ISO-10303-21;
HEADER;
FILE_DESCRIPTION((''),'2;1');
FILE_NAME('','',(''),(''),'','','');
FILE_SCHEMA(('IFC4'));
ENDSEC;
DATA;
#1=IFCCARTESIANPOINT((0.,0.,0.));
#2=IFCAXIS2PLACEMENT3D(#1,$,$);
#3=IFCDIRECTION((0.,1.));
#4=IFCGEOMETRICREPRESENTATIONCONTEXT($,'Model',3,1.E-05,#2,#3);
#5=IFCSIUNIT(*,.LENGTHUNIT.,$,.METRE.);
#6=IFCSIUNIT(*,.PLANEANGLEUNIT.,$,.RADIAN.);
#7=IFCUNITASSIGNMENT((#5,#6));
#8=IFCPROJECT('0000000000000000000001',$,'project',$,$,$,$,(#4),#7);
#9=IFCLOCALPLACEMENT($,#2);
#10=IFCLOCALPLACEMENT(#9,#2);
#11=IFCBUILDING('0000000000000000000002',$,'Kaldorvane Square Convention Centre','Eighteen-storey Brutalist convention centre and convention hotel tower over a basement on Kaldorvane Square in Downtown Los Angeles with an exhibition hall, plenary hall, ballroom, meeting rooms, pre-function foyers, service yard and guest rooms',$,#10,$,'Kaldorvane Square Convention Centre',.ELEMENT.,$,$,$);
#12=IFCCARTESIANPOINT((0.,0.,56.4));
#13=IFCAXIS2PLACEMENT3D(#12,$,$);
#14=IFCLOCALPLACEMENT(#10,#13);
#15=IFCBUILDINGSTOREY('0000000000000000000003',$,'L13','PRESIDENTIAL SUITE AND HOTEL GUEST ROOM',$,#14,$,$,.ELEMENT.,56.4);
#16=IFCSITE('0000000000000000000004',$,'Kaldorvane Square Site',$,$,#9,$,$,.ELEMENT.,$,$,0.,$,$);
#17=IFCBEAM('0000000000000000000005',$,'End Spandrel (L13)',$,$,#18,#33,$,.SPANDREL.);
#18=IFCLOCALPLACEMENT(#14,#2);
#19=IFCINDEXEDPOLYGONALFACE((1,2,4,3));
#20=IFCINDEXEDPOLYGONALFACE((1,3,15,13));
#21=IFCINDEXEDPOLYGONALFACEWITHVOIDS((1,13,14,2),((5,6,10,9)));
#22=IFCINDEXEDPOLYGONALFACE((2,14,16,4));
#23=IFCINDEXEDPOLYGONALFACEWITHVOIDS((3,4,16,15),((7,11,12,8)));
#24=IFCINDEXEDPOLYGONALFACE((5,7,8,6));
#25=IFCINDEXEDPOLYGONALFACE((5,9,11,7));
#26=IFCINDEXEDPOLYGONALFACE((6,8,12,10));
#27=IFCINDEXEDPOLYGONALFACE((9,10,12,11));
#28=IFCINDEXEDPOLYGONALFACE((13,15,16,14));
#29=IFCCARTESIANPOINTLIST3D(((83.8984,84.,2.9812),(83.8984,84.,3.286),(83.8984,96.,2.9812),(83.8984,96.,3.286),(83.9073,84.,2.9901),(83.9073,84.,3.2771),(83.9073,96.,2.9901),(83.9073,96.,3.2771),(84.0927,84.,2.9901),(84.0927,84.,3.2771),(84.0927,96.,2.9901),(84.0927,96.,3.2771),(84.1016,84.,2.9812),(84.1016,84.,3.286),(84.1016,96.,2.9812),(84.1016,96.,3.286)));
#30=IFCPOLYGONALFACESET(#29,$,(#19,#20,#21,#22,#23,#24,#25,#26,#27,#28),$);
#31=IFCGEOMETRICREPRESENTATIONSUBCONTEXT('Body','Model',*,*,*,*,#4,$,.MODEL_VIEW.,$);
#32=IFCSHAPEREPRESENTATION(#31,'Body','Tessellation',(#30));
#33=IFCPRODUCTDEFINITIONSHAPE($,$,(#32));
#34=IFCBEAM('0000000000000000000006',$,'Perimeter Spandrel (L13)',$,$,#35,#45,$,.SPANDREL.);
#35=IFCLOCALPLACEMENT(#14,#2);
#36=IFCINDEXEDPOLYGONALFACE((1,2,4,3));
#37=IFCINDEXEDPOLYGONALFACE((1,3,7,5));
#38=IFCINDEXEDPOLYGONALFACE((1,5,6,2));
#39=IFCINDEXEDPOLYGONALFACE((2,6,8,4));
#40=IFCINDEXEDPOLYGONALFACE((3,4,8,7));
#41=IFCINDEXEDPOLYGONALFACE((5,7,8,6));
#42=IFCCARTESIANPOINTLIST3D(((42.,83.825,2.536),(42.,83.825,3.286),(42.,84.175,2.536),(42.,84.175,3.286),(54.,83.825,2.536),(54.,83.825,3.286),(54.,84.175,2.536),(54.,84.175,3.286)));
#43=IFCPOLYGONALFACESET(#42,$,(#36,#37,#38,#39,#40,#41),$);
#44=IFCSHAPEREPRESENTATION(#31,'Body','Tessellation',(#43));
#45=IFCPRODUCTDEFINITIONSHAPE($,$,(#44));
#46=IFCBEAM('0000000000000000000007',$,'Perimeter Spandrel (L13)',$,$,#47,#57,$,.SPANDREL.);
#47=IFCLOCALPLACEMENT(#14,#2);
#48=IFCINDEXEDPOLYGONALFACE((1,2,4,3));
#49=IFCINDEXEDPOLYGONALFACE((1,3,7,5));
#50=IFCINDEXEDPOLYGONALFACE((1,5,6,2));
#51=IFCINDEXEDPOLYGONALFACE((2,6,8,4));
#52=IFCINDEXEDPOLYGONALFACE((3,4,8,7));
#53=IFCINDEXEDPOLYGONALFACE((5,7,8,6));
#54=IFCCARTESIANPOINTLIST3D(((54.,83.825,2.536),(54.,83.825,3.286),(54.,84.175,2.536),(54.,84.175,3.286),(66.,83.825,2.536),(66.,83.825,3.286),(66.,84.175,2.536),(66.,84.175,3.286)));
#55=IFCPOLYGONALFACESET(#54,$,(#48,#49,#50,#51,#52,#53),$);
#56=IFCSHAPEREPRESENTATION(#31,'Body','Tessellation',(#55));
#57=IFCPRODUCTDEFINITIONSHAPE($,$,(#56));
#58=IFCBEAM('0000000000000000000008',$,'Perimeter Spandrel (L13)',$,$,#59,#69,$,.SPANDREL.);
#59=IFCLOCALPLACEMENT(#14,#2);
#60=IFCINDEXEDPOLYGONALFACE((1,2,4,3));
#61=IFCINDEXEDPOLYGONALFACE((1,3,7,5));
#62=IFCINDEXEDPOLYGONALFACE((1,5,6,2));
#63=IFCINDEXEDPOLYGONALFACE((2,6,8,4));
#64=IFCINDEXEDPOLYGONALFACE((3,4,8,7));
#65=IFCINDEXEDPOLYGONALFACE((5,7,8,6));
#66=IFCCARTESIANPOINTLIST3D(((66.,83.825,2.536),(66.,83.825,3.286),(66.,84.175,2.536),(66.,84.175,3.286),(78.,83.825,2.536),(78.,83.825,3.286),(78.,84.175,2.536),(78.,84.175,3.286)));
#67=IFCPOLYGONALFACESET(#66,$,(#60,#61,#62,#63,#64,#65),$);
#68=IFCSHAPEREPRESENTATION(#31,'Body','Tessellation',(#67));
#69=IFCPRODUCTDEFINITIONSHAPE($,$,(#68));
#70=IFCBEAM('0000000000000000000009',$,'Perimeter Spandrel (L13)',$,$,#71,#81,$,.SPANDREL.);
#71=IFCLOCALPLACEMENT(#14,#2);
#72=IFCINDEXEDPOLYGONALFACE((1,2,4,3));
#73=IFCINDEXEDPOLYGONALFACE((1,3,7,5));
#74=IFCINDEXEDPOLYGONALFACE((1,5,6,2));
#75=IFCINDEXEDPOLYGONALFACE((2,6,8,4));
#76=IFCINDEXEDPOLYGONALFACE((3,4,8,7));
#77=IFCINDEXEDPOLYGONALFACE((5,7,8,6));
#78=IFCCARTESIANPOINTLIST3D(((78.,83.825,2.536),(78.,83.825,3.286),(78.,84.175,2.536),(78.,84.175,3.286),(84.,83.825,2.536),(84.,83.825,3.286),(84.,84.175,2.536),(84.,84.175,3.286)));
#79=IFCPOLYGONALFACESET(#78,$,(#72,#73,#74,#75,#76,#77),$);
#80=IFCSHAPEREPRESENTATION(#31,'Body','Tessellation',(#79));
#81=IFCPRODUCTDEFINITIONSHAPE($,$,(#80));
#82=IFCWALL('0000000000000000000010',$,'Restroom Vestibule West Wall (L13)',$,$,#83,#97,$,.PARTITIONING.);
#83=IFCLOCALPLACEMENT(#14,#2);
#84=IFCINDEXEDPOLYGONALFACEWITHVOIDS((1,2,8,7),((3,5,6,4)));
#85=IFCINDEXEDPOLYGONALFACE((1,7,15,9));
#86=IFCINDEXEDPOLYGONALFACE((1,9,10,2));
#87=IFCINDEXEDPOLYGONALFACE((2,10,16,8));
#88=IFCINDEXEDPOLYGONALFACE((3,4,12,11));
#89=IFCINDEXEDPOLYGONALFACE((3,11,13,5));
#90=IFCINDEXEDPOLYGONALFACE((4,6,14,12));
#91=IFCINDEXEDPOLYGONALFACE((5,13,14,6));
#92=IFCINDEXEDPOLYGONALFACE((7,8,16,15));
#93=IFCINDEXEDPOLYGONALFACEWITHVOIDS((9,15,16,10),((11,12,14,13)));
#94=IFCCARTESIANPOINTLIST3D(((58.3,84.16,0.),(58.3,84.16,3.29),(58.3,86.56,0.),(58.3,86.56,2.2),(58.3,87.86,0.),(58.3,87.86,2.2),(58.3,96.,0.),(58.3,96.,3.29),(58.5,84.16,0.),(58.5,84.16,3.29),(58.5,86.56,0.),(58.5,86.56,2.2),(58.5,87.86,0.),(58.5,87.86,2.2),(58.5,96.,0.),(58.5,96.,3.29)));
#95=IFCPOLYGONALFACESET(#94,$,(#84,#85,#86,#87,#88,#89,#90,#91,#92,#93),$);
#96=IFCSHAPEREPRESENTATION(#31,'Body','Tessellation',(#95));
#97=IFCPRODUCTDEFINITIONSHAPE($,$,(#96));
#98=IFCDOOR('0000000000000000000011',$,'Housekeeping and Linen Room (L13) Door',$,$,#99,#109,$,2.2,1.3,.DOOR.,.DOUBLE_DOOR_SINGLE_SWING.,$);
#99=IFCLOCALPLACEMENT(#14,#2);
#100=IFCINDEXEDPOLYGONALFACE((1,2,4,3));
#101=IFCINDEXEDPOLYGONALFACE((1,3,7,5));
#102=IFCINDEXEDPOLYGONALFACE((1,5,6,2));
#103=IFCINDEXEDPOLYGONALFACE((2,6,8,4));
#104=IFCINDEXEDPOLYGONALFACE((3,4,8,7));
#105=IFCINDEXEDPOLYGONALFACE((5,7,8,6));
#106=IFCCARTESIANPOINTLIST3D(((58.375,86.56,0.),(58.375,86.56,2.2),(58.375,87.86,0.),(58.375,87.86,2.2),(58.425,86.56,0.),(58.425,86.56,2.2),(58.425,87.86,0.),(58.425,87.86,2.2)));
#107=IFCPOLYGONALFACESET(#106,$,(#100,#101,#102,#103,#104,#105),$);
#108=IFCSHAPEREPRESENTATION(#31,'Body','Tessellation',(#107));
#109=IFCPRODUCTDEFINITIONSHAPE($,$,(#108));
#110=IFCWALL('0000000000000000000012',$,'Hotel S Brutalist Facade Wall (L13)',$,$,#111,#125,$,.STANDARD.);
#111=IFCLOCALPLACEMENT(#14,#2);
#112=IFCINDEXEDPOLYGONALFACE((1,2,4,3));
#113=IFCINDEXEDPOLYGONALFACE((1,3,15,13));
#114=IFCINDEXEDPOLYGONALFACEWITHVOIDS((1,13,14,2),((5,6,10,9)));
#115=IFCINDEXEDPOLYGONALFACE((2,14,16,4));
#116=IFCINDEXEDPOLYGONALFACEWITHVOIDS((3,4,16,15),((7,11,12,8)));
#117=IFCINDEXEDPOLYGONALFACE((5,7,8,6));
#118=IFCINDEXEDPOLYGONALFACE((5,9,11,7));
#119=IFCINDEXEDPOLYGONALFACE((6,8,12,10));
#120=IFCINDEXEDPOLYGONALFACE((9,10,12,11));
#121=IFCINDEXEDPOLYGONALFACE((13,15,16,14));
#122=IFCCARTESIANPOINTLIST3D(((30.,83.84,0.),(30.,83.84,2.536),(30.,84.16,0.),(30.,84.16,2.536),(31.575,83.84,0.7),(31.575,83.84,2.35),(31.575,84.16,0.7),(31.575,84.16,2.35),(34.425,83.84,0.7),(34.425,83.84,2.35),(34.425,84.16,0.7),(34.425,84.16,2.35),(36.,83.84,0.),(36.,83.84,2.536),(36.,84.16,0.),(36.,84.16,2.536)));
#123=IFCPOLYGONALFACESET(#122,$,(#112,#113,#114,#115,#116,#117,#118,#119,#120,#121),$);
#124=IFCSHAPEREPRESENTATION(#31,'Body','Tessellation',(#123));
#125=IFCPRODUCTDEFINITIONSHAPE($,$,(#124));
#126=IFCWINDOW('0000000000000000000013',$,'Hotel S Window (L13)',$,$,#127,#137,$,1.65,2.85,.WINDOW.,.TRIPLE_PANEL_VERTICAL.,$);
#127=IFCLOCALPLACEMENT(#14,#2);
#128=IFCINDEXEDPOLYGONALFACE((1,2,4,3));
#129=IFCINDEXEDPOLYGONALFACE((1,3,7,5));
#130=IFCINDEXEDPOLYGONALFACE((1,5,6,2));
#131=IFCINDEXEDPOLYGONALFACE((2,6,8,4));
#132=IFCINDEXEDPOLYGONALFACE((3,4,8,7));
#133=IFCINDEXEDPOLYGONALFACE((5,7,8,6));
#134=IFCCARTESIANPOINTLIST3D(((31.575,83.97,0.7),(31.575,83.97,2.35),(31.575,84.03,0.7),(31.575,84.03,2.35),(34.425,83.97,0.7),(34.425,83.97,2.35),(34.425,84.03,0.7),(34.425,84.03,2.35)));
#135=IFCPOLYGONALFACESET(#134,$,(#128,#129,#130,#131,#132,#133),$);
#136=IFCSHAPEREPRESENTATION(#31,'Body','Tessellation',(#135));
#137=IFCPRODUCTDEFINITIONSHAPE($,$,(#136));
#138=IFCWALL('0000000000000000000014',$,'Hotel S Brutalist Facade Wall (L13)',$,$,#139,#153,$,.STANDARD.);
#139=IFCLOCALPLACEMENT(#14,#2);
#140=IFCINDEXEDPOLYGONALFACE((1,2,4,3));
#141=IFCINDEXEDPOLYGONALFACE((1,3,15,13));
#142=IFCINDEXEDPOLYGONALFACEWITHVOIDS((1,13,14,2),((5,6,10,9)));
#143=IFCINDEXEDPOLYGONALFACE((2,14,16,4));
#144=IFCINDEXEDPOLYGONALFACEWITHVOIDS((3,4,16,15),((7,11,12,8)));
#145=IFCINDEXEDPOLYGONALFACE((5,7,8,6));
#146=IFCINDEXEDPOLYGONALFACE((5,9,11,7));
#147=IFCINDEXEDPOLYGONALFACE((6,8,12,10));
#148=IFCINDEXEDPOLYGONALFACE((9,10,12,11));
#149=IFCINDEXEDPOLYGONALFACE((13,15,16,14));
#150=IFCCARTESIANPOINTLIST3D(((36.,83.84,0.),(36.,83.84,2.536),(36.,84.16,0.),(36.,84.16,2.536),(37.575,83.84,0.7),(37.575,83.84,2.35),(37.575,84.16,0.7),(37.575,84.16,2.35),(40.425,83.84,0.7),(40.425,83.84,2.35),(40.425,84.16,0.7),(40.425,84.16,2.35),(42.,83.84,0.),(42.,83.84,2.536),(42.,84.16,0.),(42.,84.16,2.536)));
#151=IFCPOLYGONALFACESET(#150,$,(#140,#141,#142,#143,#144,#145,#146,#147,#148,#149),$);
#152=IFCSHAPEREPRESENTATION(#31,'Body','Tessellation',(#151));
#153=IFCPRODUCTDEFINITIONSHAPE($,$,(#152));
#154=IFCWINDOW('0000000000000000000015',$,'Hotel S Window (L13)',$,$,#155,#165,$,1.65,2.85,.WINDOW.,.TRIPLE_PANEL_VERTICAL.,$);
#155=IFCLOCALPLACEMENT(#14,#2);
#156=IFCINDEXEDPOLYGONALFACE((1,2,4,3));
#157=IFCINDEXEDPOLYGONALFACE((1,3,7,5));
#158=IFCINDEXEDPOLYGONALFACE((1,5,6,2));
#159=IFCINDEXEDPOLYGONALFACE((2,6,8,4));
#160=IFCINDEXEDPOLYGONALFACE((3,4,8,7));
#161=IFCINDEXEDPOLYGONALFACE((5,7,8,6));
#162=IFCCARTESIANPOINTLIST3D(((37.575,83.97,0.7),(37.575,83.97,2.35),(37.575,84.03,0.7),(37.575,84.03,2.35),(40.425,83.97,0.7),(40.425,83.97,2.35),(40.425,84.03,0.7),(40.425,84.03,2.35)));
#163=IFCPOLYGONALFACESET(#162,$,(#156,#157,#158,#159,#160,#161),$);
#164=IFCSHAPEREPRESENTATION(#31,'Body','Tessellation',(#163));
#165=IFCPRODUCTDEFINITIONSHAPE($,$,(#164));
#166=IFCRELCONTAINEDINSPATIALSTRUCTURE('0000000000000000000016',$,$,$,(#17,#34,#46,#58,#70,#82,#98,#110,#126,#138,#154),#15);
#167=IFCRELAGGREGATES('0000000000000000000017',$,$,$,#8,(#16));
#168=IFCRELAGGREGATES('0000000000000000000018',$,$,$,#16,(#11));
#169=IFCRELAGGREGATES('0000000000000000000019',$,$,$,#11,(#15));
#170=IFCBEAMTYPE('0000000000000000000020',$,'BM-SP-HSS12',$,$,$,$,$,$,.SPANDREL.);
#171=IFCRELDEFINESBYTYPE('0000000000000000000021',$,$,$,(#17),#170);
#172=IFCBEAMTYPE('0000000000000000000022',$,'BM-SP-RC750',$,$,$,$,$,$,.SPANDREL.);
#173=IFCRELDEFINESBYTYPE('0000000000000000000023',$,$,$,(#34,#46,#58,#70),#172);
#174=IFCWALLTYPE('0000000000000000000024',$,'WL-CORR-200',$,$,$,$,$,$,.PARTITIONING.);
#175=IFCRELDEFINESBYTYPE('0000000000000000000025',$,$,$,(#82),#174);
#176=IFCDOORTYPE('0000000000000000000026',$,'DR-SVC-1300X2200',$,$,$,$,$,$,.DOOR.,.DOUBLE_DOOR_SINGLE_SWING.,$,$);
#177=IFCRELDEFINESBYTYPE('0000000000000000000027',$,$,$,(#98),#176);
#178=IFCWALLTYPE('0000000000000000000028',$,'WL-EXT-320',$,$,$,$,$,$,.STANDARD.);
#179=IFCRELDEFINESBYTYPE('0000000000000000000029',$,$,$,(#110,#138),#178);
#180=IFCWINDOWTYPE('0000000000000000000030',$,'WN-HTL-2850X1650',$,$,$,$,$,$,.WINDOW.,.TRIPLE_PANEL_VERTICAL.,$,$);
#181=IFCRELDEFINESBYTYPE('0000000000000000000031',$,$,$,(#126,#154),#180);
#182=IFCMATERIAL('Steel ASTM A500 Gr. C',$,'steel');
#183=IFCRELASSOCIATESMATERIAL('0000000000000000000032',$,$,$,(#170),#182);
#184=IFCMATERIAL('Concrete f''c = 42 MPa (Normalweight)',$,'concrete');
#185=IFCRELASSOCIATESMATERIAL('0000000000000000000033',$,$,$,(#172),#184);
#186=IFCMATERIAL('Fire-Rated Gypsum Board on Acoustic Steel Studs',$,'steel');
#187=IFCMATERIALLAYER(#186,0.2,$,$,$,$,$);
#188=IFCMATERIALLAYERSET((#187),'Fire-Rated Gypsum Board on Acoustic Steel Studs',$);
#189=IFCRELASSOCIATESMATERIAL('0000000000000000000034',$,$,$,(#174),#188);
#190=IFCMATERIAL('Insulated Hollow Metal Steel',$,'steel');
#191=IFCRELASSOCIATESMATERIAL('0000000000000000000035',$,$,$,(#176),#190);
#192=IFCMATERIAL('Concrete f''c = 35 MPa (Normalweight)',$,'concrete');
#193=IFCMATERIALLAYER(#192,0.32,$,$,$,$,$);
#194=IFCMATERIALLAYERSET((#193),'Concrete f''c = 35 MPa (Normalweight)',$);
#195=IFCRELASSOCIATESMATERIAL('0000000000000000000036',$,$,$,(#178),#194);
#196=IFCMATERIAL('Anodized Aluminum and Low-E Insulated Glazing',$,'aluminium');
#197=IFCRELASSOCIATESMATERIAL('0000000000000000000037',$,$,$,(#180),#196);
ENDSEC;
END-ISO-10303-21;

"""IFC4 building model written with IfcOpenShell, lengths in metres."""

from ifc_helpers import new_model, si_unit, direction, frame, frame_2d, origin, origin_2d, place, context, subcontext, project, spatial, rectangle, hollow_rectangle, extrude, material, layer, layer_set, material_profile, profile_set, type_object, element, fill, save


model = new_model("IFC4")

# Units and contexts
model_context = context("Model", 3, precision=1e-05, world=origin(), true_north=direction((0.0, 1.0)))
body_context = subcontext(model_context, "Body", "Model", "MODEL_VIEW")
ifc_project = project(units=[si_unit("LENGTHUNIT", "METRE"), si_unit("PLANEANGLEUNIT", "RADIAN")], contexts=[model_context])

# Site, building, storey
site_placement = place(None, origin())
site = spatial("IfcSite", under=ifc_project, at=site_placement, Name="Kaldorvane Square Site", CompositionType="ELEMENT", RefElevation=0.0)
building_placement = place(site_placement, origin())
building = spatial("IfcBuilding", under=site, at=building_placement, Name="Kaldorvane Square Convention Centre", Description="Eighteen-storey Brutalist convention centre and convention hotel tower over a basement on Kaldorvane Square in Downtown Los Angeles with an exhibition hall, plenary hall, ballroom, meeting rooms, pre-function foyers, service yard and guest rooms", LongName="Kaldorvane Square Convention Centre", CompositionType="ELEMENT")
storey_placement = place(building_placement, frame((0.0, 0.0, 56.4)))
storey = spatial("IfcBuildingStorey", under=building, at=storey_placement, Name="L13", Description="PRESIDENTIAL SUITE AND HOTEL GUEST ROOM", CompositionType="ELEMENT", Elevation=56.4)

# Beams
ifc_material_1 = material(Name="Steel ASTM A500 Gr. C", Category="steel")
ifc_material_profile_1 = material_profile(ifc_material_1, hollow_rectangle(XDim=0.2032, YDim=0.3048, WallThickness=0.0089, at=origin_2d()), Name="HSS12X8X3/8")
ifc_profile_set_1 = profile_set([ifc_material_profile_1], Name="Steel ASTM A500 Gr. C")
beam_type_1 = type_object("IfcBeamType", Name="BM-SP-HSS12", PredefinedType="SPANDREL", material=ifc_profile_set_1)
for number, where, z_axis, x_axis, name in (
    (1, (84.0, 84.0, 3.1336), (0.0, 1.0, 0.0), (-1.0, 0.0, 0.0), "End Spandrel (L13)"),
):
    element("IfcBeam", number, at=place(storey_placement, frame(where, z_axis=z_axis, x_axis=x_axis)), inside=storey, type_object=beam_type_1, Name=name, PredefinedType="SPANDREL", context=body_context, shape_type="SweptSolid", body=[
        extrude(hollow_rectangle(XDim=0.2032, YDim=0.3048, WallThickness=0.0089, at=origin_2d()), origin(), (0.0, 0.0, 1.0), 12.0),
    ])
ifc_material_2 = material(Name="Concrete f'c = 42 MPa (Normalweight)", Category="concrete")
ifc_material_profile_2 = material_profile(ifc_material_2, rectangle(XDim=0.35, YDim=0.75, at=origin_2d()), Name="RCSP750X350")
ifc_profile_set_2 = profile_set([ifc_material_profile_2], Name="Concrete f'c = 42 MPa (Normalweight)")
beam_type_2 = type_object("IfcBeamType", Name="BM-SP-RC750", PredefinedType="SPANDREL", material=ifc_profile_set_2)
for number, where, z_axis, x_axis, name in (
    (2, (42.0, 84.0, 2.911), (1.0, 0.0, 0.0), (0.0, 1.0, 0.0), "Perimeter Spandrel (L13)"),
    (3, (54.0, 84.0, 2.911), (1.0, 0.0, 0.0), (0.0, 1.0, 0.0), "Perimeter Spandrel (L13)"),
    (4, (66.0, 84.0, 2.911), (1.0, 0.0, 0.0), (0.0, 1.0, 0.0), "Perimeter Spandrel (L13)"),
):
    element("IfcBeam", number, at=place(storey_placement, frame(where, z_axis=z_axis, x_axis=x_axis)), inside=storey, type_object=beam_type_2, Name=name, PredefinedType="SPANDREL", context=body_context, shape_type="SweptSolid", body=[
        extrude(rectangle(XDim=0.35, YDim=0.75, at=origin_2d()), origin(), (0.0, 0.0, 1.0), 12.0),
    ])
beam_placement = place(storey_placement, frame((78.0, 84.0, 2.911), z_axis=(1.0, 0.0, 0.0), x_axis=(0.0, 1.0, 0.0)))
element("IfcBeam", 5, at=beam_placement, inside=storey, type_object=beam_type_2, Name="Perimeter Spandrel (L13)", PredefinedType="SPANDREL", context=body_context, shape_type="SweptSolid", body=[
    extrude(rectangle(XDim=0.35, YDim=0.75, at=origin_2d()), origin(), (0.0, 0.0, 1.0), 6.0),
])

# Wall, opening, door
ifc_material_3 = material(Name="Fire-Rated Gypsum Board on Acoustic Steel Studs", Category="steel")
ifc_layer_1 = layer(ifc_material_3, 0.2)
ifc_layer_set_1 = layer_set([ifc_layer_1], Name="Fire-Rated Gypsum Board on Acoustic Steel Studs")
wall_type_1 = type_object("IfcWallType", Name="WL-CORR-200", PredefinedType="PARTITIONING", material=ifc_layer_set_1)
wall_1_placement = place(storey_placement, frame((58.4, 84.16, 0.0), z_axis=(0.0, 0.0, 1.0), x_axis=(0.0, 1.0, 0.0)))
wall_1 = element("IfcWall", 6, at=wall_1_placement, inside=storey, type_object=wall_type_1, Name="Restroom Vestibule West Wall (L13)", PredefinedType="PARTITIONING", context=body_context, shape_type="SweptSolid", body=[
    extrude(rectangle(XDim=11.84, YDim=0.2, at=frame_2d((5.92, 0.0))), origin(), (0.0, 0.0, 1.0), 3.29),
])
opening_1_placement = place(wall_1_placement, frame((2.4, 0.0, 0.0)))
opening_1 = element("IfcOpeningElement", 7, at=opening_1_placement, cuts=wall_1, PredefinedType="OPENING", context=body_context, shape_type="SweptSolid", body=[
    extrude(rectangle(XDim=1.3, YDim=2.2, at=frame_2d((0.65, 1.1))), frame((0.0, 0.115, 0.0), z_axis=(0.0, -1.0, 0.0), x_axis=(1.0, 0.0, 0.0)), (0.0, 0.0, 1.0), 0.23),
])
ifc_material_4 = material(Name="Insulated Hollow Metal Steel", Category="steel")
door_type = type_object("IfcDoorType", Name="DR-SVC-1300X2200", OperationType="DOUBLE_DOOR_SINGLE_SWING", PredefinedType="DOOR", material=ifc_material_4)
door_placement = place(opening_1_placement, origin())
door = element("IfcDoor", 8, at=door_placement, inside=storey, type_object=door_type, Name="Housekeeping and Linen Room (L13) Door", OperationType="DOUBLE_DOOR_SINGLE_SWING", OverallHeight=2.2, OverallWidth=1.3, PredefinedType="DOOR", context=body_context, shape_type="SweptSolid", body=[
    extrude(rectangle(XDim=1.3, YDim=2.2, at=frame_2d((0.65, 1.1))), frame((0.0, 0.025, 0.0), z_axis=(0.0, -1.0, 0.0), x_axis=(1.0, 0.0, 0.0)), (0.0, 0.0, 1.0), 0.05),
])
fill(opening_1, door)

# Walls, openings, windows
ifc_material_5 = material(Name="Concrete f'c = 35 MPa (Normalweight)", Category="concrete")
ifc_layer_2 = layer(ifc_material_5, 0.32)
ifc_layer_set_2 = layer_set([ifc_layer_2], Name="Concrete f'c = 35 MPa (Normalweight)")
wall_type_2 = type_object("IfcWallType", Name="WL-EXT-320", PredefinedType="STANDARD", material=ifc_layer_set_2)
wall_2_placement = place(storey_placement, frame((30.0, 84.0, 0.0), z_axis=(0.0, 0.0, 1.0), x_axis=(1.0, 0.0, 0.0)))
wall_2 = element("IfcWall", 9, at=wall_2_placement, inside=storey, type_object=wall_type_2, Name="Hotel S Brutalist Facade Wall (L13)", PredefinedType="STANDARD", context=body_context, shape_type="SweptSolid", body=[
    extrude(rectangle(XDim=6.0, YDim=0.32, at=frame_2d((3.0, 0.0))), origin(), (0.0, 0.0, 1.0), 2.536),
])
opening_2_placement = place(wall_2_placement, frame((1.575, 0.0, 0.7)))
opening_2 = element("IfcOpeningElement", 10, at=opening_2_placement, cuts=wall_2, PredefinedType="OPENING", context=body_context, shape_type="SweptSolid", body=[
    extrude(rectangle(XDim=2.85, YDim=1.65, at=frame_2d((1.425, 0.825))), frame((0.0, 0.175, 0.0), z_axis=(0.0, -1.0, 0.0), x_axis=(1.0, 0.0, 0.0)), (0.0, 0.0, 1.0), 0.35),
])
ifc_material_6 = material(Name="Anodized Aluminum and Low-E Insulated Glazing", Category="aluminium")
window_type_1 = type_object("IfcWindowType", Name="WN-HTL-2850X1650", PartitioningType="TRIPLE_PANEL_VERTICAL", PredefinedType="WINDOW", material=ifc_material_6)
window_1_placement = place(opening_2_placement, origin())
window_1 = element("IfcWindow", 11, at=window_1_placement, inside=storey, type_object=window_type_1, Name="Hotel S Window (L13)", OverallHeight=1.65, OverallWidth=2.85, PartitioningType="TRIPLE_PANEL_VERTICAL", PredefinedType="WINDOW", context=body_context, shape_type="SweptSolid", body=[
    extrude(rectangle(XDim=2.85, YDim=1.65, at=frame_2d((1.425, 0.825))), frame((0.0, 0.03, 0.0), z_axis=(0.0, -1.0, 0.0), x_axis=(1.0, 0.0, 0.0)), (0.0, 0.0, 1.0), 0.06),
])
fill(opening_2, window_1)
wall_3_placement = place(storey_placement, frame((36.0, 84.0, 0.0), z_axis=(0.0, 0.0, 1.0), x_axis=(1.0, 0.0, 0.0)))
wall_3 = element("IfcWall", 12, at=wall_3_placement, inside=storey, type_object=wall_type_2, Name="Hotel S Brutalist Facade Wall (L13)", PredefinedType="STANDARD", context=body_context, shape_type="SweptSolid", body=[
    extrude(rectangle(XDim=6.0, YDim=0.32, at=frame_2d((3.0, 0.0))), origin(), (0.0, 0.0, 1.0), 2.536),
])
opening_3_placement = place(wall_3_placement, frame((1.575, 0.0, 0.7)))
opening_3 = element("IfcOpeningElement", 13, at=opening_3_placement, cuts=wall_3, PredefinedType="OPENING", context=body_context, shape_type="SweptSolid", body=[
    extrude(rectangle(XDim=2.85, YDim=1.65, at=frame_2d((1.425, 0.825))), frame((0.0, 0.175, 0.0), z_axis=(0.0, -1.0, 0.0), x_axis=(1.0, 0.0, 0.0)), (0.0, 0.0, 1.0), 0.35),
])
window_2_placement = place(opening_3_placement, origin())
window_2 = element("IfcWindow", 14, at=window_2_placement, inside=storey, type_object=window_type_1, Name="Hotel S Window (L13)", OverallHeight=1.65, OverallWidth=2.85, PartitioningType="TRIPLE_PANEL_VERTICAL", PredefinedType="WINDOW", context=body_context, shape_type="SweptSolid", body=[
    extrude(rectangle(XDim=2.85, YDim=1.65, at=frame_2d((1.425, 0.825))), frame((0.0, 0.03, 0.0), z_axis=(0.0, -1.0, 0.0), x_axis=(1.0, 0.0, 0.0)), (0.0, 0.0, 1.0), 0.06),
])
fill(opening_3, window_2)

save(model, "model.ifc")
